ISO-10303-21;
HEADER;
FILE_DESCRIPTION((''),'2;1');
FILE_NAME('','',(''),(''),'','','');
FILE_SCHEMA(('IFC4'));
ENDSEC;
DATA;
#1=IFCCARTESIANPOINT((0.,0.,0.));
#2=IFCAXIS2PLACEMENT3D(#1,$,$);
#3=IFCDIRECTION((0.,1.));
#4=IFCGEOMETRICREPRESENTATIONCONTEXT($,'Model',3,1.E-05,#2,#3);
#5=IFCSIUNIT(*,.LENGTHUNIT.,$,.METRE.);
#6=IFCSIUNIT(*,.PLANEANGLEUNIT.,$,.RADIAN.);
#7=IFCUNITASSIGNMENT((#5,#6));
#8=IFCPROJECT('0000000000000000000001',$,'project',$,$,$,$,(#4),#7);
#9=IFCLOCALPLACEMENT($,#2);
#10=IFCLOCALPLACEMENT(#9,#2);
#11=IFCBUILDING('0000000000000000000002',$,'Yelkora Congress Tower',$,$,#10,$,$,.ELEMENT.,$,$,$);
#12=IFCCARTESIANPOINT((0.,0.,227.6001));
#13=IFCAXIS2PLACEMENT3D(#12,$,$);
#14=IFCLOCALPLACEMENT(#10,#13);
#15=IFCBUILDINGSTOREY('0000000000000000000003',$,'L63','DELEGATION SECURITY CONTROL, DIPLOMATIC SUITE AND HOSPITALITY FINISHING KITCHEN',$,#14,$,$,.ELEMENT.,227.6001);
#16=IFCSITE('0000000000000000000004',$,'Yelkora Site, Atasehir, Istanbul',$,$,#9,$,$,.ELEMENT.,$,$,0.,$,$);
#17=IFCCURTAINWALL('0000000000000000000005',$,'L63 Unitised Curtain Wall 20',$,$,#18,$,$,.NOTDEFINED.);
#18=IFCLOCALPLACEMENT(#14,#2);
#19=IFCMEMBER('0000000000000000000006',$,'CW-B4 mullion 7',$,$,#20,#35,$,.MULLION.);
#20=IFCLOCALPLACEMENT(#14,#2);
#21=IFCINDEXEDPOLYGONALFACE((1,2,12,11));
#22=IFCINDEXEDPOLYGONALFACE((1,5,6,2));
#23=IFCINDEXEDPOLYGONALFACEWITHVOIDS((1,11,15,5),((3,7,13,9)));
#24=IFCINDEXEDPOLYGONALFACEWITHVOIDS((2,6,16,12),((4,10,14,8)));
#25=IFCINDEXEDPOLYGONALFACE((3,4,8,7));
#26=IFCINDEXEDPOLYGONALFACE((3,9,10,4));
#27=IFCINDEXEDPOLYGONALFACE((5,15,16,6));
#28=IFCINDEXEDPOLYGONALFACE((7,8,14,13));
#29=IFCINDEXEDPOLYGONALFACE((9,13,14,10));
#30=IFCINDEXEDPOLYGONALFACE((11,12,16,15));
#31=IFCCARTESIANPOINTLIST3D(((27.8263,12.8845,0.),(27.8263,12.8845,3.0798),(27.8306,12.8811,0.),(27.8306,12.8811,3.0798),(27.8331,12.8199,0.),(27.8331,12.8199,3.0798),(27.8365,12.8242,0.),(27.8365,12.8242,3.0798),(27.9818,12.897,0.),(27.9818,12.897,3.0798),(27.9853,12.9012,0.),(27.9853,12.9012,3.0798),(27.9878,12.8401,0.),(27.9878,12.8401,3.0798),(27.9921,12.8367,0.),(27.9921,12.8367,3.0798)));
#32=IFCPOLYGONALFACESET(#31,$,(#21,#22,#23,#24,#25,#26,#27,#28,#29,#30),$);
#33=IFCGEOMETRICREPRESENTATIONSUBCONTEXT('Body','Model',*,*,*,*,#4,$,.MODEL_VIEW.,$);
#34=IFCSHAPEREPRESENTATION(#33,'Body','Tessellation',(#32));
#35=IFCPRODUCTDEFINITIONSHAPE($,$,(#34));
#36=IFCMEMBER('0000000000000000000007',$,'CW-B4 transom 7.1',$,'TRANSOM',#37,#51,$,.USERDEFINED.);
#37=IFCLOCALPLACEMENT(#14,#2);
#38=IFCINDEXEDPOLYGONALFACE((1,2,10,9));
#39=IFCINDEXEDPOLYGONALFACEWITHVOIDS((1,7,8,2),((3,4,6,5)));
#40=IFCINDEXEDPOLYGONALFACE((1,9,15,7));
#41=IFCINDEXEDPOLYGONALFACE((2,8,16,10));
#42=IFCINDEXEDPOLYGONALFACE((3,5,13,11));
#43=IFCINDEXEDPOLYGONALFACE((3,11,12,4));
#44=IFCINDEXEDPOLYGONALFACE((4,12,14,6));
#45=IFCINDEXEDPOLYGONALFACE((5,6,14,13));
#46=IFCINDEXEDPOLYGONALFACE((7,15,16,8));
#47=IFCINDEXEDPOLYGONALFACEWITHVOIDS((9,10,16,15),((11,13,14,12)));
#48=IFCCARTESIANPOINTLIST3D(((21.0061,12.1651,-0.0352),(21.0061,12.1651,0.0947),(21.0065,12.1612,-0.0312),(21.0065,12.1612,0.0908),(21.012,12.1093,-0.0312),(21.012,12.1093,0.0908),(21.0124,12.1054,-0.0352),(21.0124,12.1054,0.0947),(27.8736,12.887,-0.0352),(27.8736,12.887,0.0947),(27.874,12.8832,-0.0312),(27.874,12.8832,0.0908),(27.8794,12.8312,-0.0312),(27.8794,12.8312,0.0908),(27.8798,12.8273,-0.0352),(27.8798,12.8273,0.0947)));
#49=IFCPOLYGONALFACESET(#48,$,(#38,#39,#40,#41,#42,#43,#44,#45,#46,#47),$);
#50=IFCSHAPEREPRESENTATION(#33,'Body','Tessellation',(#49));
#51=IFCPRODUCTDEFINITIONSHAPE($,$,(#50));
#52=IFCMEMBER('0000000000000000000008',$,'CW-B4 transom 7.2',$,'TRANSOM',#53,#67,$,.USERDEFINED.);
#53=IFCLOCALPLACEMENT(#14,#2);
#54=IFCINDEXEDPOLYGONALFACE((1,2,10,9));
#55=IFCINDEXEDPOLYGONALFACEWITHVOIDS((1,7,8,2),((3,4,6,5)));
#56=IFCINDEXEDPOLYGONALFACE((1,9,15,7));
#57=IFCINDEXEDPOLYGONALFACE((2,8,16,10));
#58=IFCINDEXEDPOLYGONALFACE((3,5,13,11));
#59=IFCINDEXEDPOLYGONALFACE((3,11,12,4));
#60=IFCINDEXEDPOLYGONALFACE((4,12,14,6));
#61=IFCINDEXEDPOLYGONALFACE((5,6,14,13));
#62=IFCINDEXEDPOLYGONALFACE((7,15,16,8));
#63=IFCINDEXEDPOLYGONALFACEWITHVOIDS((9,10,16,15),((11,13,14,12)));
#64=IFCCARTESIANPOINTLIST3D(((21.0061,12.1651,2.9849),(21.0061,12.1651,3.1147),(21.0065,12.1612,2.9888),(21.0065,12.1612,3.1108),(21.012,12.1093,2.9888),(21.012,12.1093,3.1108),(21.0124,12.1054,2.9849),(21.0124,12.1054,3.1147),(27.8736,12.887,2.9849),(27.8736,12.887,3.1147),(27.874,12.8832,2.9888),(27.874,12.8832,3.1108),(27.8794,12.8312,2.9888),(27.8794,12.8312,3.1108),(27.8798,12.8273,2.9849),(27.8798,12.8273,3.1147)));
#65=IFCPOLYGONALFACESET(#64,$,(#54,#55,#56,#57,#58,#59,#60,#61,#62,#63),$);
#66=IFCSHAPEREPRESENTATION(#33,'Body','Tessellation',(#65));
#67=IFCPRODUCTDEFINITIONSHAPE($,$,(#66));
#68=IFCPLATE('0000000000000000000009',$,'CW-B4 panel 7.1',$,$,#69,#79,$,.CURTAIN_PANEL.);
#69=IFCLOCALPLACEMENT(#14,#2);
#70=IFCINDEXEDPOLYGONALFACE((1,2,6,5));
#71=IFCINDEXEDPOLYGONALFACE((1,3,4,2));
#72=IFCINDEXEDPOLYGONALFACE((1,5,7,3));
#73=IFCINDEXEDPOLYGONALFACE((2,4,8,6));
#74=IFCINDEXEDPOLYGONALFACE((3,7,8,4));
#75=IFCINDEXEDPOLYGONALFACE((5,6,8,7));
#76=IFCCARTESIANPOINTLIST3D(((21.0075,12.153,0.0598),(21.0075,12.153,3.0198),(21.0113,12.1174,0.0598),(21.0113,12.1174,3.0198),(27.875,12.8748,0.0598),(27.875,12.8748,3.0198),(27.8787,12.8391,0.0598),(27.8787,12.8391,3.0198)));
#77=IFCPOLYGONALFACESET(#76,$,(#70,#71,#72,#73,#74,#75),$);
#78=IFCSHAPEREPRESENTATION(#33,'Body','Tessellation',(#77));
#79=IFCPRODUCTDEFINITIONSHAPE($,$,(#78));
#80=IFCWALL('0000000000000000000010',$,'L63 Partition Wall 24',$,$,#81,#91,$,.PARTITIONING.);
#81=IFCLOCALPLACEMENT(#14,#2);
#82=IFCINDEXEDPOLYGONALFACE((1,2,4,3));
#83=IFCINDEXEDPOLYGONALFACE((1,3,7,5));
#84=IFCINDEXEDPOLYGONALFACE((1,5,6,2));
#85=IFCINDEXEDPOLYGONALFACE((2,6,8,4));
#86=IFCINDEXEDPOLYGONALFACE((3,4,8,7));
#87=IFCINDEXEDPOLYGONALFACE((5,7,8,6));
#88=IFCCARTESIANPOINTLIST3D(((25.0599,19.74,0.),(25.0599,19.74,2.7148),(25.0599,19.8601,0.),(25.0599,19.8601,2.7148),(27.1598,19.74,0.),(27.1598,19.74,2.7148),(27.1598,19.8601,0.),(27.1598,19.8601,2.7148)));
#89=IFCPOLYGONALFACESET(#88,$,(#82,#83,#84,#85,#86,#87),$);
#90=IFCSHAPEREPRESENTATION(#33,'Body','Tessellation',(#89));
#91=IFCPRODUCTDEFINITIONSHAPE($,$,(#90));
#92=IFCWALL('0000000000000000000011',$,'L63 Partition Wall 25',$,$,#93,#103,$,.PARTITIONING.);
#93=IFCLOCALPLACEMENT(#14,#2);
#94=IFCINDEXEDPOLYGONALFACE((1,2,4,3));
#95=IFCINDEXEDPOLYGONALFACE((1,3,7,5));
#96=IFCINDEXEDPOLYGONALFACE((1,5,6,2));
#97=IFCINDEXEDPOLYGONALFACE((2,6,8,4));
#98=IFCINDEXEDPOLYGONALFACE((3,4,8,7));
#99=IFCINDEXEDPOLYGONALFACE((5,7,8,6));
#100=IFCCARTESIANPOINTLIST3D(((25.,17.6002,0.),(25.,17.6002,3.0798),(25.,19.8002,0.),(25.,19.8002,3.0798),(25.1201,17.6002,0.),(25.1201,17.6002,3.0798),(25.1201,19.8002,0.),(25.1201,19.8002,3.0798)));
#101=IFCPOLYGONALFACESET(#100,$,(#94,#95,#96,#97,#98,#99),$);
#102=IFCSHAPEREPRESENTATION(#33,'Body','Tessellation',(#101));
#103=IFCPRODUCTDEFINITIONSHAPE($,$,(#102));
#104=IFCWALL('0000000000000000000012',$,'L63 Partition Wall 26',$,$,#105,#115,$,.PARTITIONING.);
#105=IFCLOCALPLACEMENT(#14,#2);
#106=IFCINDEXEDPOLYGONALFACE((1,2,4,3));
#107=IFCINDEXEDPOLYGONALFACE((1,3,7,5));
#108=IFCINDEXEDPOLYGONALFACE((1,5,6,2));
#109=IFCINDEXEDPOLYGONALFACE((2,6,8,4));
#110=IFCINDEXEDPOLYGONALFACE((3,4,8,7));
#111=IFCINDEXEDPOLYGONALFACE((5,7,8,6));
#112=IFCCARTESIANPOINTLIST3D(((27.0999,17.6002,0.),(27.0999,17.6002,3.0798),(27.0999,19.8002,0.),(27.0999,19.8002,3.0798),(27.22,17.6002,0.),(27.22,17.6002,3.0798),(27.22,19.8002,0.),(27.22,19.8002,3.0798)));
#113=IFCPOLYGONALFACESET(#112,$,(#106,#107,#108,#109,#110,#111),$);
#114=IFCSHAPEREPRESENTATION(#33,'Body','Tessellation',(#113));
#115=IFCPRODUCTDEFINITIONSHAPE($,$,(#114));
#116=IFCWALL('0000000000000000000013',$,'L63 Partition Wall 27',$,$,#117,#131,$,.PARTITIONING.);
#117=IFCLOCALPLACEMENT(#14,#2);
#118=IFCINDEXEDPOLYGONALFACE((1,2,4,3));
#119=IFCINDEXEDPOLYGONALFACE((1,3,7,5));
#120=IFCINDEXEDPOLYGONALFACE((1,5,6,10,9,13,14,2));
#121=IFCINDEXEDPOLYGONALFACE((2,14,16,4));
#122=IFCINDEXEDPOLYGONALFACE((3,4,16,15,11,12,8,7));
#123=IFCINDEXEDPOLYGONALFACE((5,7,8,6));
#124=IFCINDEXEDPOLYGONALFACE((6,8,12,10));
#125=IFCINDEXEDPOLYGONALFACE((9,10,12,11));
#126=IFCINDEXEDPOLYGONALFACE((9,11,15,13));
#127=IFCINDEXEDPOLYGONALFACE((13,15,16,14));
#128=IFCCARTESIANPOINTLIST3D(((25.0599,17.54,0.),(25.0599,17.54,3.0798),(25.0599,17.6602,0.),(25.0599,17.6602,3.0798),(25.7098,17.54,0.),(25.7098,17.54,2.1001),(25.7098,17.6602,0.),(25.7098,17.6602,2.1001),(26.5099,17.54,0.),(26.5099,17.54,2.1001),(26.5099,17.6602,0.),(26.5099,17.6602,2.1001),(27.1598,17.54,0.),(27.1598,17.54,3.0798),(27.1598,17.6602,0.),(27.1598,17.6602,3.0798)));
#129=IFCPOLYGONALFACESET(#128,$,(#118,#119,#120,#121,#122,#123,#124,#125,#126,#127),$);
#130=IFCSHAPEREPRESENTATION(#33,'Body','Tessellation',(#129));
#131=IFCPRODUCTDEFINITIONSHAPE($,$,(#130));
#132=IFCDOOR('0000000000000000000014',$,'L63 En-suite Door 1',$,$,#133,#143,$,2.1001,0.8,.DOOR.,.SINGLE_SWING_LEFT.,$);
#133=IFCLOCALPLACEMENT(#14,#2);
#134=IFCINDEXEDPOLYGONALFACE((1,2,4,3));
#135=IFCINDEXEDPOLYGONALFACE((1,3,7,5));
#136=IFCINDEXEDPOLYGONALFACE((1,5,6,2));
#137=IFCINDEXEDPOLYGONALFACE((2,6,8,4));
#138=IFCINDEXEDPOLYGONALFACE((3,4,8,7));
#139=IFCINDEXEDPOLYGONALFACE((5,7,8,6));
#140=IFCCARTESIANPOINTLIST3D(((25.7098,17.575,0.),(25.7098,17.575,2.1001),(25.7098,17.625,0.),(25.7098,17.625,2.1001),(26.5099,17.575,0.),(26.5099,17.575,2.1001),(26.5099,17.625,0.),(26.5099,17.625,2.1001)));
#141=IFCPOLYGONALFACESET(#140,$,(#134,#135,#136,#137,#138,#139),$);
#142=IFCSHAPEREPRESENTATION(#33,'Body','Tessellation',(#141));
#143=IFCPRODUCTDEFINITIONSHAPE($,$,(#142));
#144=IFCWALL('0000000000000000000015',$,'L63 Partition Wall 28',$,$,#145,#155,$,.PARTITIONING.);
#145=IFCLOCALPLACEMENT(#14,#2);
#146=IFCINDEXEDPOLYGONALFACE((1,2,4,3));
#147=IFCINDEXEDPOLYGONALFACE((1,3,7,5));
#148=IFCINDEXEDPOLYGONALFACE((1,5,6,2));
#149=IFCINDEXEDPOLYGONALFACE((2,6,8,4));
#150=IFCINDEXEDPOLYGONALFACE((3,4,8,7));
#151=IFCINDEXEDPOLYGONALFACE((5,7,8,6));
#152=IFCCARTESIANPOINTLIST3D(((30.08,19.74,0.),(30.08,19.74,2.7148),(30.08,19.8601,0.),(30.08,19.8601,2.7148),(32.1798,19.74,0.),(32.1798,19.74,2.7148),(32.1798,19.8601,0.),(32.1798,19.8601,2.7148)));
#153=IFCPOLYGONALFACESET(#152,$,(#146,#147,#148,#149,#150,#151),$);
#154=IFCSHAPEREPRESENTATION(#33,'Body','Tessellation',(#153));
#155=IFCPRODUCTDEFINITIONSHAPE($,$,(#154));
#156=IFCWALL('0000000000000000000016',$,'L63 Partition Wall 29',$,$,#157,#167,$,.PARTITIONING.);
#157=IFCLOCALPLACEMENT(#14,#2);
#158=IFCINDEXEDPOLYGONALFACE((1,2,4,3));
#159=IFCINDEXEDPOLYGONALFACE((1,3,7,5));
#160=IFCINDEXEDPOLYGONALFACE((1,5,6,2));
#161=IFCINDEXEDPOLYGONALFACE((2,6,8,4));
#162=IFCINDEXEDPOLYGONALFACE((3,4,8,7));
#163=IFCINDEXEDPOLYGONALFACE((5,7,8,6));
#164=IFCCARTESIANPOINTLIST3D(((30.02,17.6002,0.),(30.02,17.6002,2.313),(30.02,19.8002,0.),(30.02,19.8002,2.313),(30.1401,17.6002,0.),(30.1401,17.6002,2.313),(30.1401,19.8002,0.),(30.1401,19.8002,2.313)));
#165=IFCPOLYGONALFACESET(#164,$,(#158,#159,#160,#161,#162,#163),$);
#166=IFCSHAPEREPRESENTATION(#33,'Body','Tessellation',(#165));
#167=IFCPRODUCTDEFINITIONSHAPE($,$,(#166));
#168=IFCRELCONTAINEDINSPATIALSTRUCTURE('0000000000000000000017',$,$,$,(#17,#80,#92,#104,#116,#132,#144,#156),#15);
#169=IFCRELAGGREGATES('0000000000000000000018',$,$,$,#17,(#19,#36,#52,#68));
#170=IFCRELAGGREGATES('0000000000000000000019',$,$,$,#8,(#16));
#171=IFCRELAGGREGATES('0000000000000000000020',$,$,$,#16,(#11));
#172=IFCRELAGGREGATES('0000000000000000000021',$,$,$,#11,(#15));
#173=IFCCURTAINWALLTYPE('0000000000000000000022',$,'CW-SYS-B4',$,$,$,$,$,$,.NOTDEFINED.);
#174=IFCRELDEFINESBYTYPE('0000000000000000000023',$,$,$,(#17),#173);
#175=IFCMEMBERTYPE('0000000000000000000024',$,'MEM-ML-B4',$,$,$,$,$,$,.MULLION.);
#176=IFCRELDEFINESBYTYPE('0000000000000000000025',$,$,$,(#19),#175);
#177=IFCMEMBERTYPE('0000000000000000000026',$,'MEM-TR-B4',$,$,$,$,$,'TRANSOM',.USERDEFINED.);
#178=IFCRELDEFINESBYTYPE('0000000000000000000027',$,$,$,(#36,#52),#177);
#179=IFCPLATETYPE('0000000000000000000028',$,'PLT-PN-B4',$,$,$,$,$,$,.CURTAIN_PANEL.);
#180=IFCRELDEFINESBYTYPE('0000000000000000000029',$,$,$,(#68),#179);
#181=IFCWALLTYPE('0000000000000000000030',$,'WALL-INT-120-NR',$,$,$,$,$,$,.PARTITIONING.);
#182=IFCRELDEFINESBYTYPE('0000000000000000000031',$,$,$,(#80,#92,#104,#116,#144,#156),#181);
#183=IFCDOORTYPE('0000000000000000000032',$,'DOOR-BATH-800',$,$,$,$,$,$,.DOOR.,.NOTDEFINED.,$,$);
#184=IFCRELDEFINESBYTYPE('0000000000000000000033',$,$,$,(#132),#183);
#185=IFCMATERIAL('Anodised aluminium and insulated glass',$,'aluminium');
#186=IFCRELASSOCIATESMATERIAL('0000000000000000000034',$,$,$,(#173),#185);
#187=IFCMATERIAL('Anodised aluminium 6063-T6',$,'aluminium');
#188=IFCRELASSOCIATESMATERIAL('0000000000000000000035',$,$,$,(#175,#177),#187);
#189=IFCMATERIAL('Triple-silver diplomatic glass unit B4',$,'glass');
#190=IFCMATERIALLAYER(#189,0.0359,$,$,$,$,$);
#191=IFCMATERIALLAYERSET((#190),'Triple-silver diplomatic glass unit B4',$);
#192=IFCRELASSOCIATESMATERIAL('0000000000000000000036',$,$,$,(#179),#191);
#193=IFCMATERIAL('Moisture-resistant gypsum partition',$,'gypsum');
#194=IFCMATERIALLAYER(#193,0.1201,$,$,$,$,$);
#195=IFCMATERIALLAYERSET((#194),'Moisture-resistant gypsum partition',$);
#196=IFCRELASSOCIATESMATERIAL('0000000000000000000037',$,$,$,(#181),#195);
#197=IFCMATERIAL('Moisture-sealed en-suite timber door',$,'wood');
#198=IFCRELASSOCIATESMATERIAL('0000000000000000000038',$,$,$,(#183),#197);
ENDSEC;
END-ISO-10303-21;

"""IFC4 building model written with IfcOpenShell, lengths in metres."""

from ifc_helpers import new_model, si_unit, direction, frame, frame_2d, origin, origin_2d, place, context, subcontext, project, spatial, rectangle, hollow_rectangle, extrude, material, layer, layer_set, material_profile, profile_set, type_object, element, fill, aggregate, save


model = new_model("IFC4")

# Units and contexts
model_context = context("Model", 3, precision=1e-05, world=origin(), true_north=direction((0.0, 1.0)))
body_context = subcontext(model_context, "Body", "Model", "MODEL_VIEW")
ifc_project = project(units=[si_unit("LENGTHUNIT", "METRE"), si_unit("PLANEANGLEUNIT", "RADIAN")], contexts=[model_context])

# Site, building, storey
site_placement = place(None, origin())
site = spatial("IfcSite", under=ifc_project, at=site_placement, Name="Yelkora Site, Atasehir, Istanbul", CompositionType="ELEMENT", RefElevation=0.0)
building_placement = place(site_placement, origin())
building = spatial("IfcBuilding", under=site, at=building_placement, Name="Yelkora Congress Tower", CompositionType="ELEMENT")
storey_placement = place(building_placement, frame((0.0, 0.0, 227.6001)))
storey = spatial("IfcBuildingStorey", under=building, at=storey_placement, Name="L63", Description="DELEGATION SECURITY CONTROL, DIPLOMATIC SUITE AND HOSPITALITY FINISHING KITCHEN", CompositionType="ELEMENT", Elevation=227.6001)

# Curtain wall, members, plate
ifc_material_1 = material(Name="Anodised aluminium and insulated glass", Category="aluminium")
curtain_wall_type = type_object("IfcCurtainWallType", Name="CW-SYS-B4", PredefinedType="NOTDEFINED", material=ifc_material_1)
curtain_wall_placement = place(storey_placement, origin())
curtain_wall = element("IfcCurtainWall", 1, at=curtain_wall_placement, inside=storey, type_object=curtain_wall_type, Name="L63 Unitised Curtain Wall 20", PredefinedType="NOTDEFINED")
ifc_material_2 = material(Name="Anodised aluminium 6063-T6", Category="aluminium")
ifc_material_profile_1 = material_profile(ifc_material_2, hollow_rectangle(XDim=0.0649, YDim=0.1599, WallThickness=0.0039, at=origin_2d()), Name="ALU 65x160x4")
ifc_profile_set_1 = profile_set([ifc_material_profile_1], Name="Anodised aluminium 6063-T6")
member_type_1 = type_object("IfcMemberType", Name="MEM-ML-B4", PredefinedType="MULLION", material=ifc_profile_set_1)
member_1_placement = place(storey_placement, frame((27.9092, 12.8606, 0.0), z_axis=(0.0, 0.0, 1.0), x_axis=(0.104527, -0.994522, 0.0)))
member_1 = element("IfcMember", 2, at=member_1_placement, type_object=member_type_1, Name="CW-B4 mullion 7", PredefinedType="MULLION", context=body_context, shape_type="SweptSolid", body=[
    extrude(hollow_rectangle(XDim=0.0649, YDim=0.1599, WallThickness=0.0039, at=origin_2d()), origin(), (0.0, 0.0, 1.0), 3.0798),
])
ifc_material_profile_2 = material_profile(ifc_material_2, hollow_rectangle(XDim=0.0601, YDim=0.1299, WallThickness=0.0039, at=origin_2d()), Name="ALU 60x130x4")
ifc_profile_set_2 = profile_set([ifc_material_profile_2], Name="Anodised aluminium 6063-T6")
member_type_2 = type_object("IfcMemberType", Name="MEM-TR-B4", ElementType="TRANSOM", PredefinedType="USERDEFINED", material=ifc_profile_set_2)
member_2_placement = place(storey_placement, frame((27.8767, 12.8572, 0.0298), z_axis=(-0.99452, -0.104547, 0.0), x_axis=(0.104547, -0.99452, 0.0)))
member_2 = element("IfcMember", 3, at=member_2_placement, type_object=member_type_2, Name="CW-B4 transom 7.1", ObjectType="TRANSOM", PredefinedType="USERDEFINED", context=body_context, shape_type="SweptSolid", body=[
    extrude(hollow_rectangle(XDim=0.0601, YDim=0.1299, WallThickness=0.0039, at=origin_2d()), origin(), (0.0, 0.0, 1.0), 6.9053),
])
member_3_placement = place(storey_placement, frame((27.8767, 12.8572, 3.0498), z_axis=(-0.99452, -0.104547, 0.0), x_axis=(0.104547, -0.99452, 0.0)))
member_3 = element("IfcMember", 4, at=member_3_placement, type_object=member_type_2, Name="CW-B4 transom 7.2", ObjectType="TRANSOM", PredefinedType="USERDEFINED", context=body_context, shape_type="SweptSolid", body=[
    extrude(hollow_rectangle(XDim=0.0601, YDim=0.1299, WallThickness=0.0039, at=origin_2d()), origin(), (0.0, 0.0, 1.0), 6.9053),
])
ifc_material_3 = material(Name="Triple-silver diplomatic glass unit B4", Category="glass")
ifc_layer_1 = layer(ifc_material_3, 0.0359)
ifc_layer_set_1 = layer_set([ifc_layer_1], Name="Triple-silver diplomatic glass unit B4")
plate_type = type_object("IfcPlateType", Name="PLT-PN-B4", PredefinedType="CURTAIN_PANEL", material=ifc_layer_set_1)
plate_placement = place(storey_placement, frame((24.4431, 12.4961, 0.0598), z_axis=(0.0, 0.0, 1.0), x_axis=(-0.994522, -0.104527, 0.0)))
plate = element("IfcPlate", 5, at=plate_placement, type_object=plate_type, Name="CW-B4 panel 7.1", PredefinedType="CURTAIN_PANEL", context=body_context, shape_type="SweptSolid", body=[
    extrude(rectangle(XDim=6.9053, YDim=0.0359, at=origin_2d()), origin(), (0.0, 0.0, 1.0), 2.96),
])
aggregate(curtain_wall, [member_1, member_2, member_3, plate])

# Walls
ifc_material_4 = material(Name="Moisture-resistant gypsum partition", Category="gypsum")
ifc_layer_2 = layer(ifc_material_4, 0.1201)
ifc_layer_set_2 = layer_set([ifc_layer_2], Name="Moisture-resistant gypsum partition")
wall_type_1 = type_object("IfcWallType", Name="WALL-INT-120-NR", PredefinedType="PARTITIONING", material=ifc_layer_set_2)
wall_1_placement = place(storey_placement, frame((25.0601, 19.8, 0.0), z_axis=(0.0, 0.0, 1.0), x_axis=(1.0, 0.0, 0.0)))
element("IfcWall", 6, at=wall_1_placement, inside=storey, type_object=wall_type_1, Name="L63 Partition Wall 24", PredefinedType="PARTITIONING", context=body_context, shape_type="SweptSolid", body=[
    extrude(rectangle(XDim=2.0999, YDim=0.1201, at=frame_2d((1.0498, 0.0))), origin(), (0.0, 0.0, 1.0), 2.7148),
])
for number, where, z_axis, x_axis, name in (
    (7, (25.0601, 17.6001, 0.0), (0.0, 0.0, 1.0), (0.0, 1.0, 0.0), "L63 Partition Wall 25"),
    (8, (27.1599, 17.6001, 0.0), (0.0, 0.0, 1.0), (0.0, 1.0, 0.0), "L63 Partition Wall 26"),
):
    element("IfcWall", number, at=place(storey_placement, frame(where, z_axis=z_axis, x_axis=x_axis)), inside=storey, type_object=wall_type_1, Name=name, PredefinedType="PARTITIONING", context=body_context, shape_type="SweptSolid", body=[
        extrude(rectangle(XDim=2.2, YDim=0.1201, at=frame_2d((1.1001, 0.0))), origin(), (0.0, 0.0, 1.0), 3.0798),
    ])

# Wall, opening, door
wall_2_placement = place(storey_placement, frame((25.0601, 17.6001, 0.0), z_axis=(0.0, 0.0, 1.0), x_axis=(1.0, 0.0, 0.0)))
wall_2 = element("IfcWall", 9, at=wall_2_placement, inside=storey, type_object=wall_type_1, Name="L63 Partition Wall 27", PredefinedType="PARTITIONING", context=body_context, shape_type="SweptSolid", body=[
    extrude(rectangle(XDim=2.0999, YDim=0.1201, at=frame_2d((1.0498, 0.0))), origin(), (0.0, 0.0, 1.0), 3.0798),
])
opening_1_placement = place(wall_2_placement, frame((0.6499, 0.0, 0.0)))
opening_1 = element("IfcOpeningElement", 10, at=opening_1_placement, cuts=wall_2, PredefinedType="OPENING", context=body_context, shape_type="SweptSolid", body=[
    extrude(rectangle(XDim=0.8, YDim=2.1001, at=frame_2d((0.3999, 1.05))), frame((0.0, 0.0701, 0.0), z_axis=(0.0, -1.0, 0.0), x_axis=(1.0, 0.0, 0.0)), (0.0, 0.0, 1.0), 0.1401),
])
ifc_material_5 = material(Name="Moisture-sealed en-suite timber door", Category="wood")
door_type_1 = type_object("IfcDoorType", Name="DOOR-BATH-800", OperationType="NOTDEFINED", PredefinedType="DOOR", material=ifc_material_5)
door_1_placement = place(opening_1_placement, origin())
door_1 = element("IfcDoor", 11, at=door_1_placement, inside=storey, type_object=door_type_1, Name="L63 En-suite Door 1", OperationType="SINGLE_SWING_LEFT", OverallHeight=2.1001, OverallWidth=0.8, PredefinedType="DOOR", context=body_context, shape_type="SweptSolid", body=[
    extrude(rectangle(XDim=0.8, YDim=2.1001, at=frame_2d((0.3999, 1.05))), frame((0.0, 0.0249, 0.0), z_axis=(0.0, -1.0, 0.0), x_axis=(1.0, 0.0, 0.0)), (0.0, 0.0, 1.0), 0.05),
])
fill(opening_1, door_1)

# Walls
wall_3_placement = place(storey_placement, frame((30.0801, 19.8, 0.0), z_axis=(0.0, 0.0, 1.0), x_axis=(1.0, 0.0, 0.0)))
element("IfcWall", 12, at=wall_3_placement, inside=storey, type_object=wall_type_1, Name="L63 Partition Wall 28", PredefinedType="PARTITIONING", context=body_context, shape_type="SweptSolid", body=[
    extrude(rectangle(XDim=2.0999, YDim=0.1201, at=frame_2d((1.0498, 0.0))), origin(), (0.0, 0.0, 1.0), 2.7148),
])
wall_4_placement = place(storey_placement, frame((30.0801, 17.6001, 0.0), z_axis=(0.0, 0.0, 1.0), x_axis=(0.0, 1.0, 0.0)))
element("IfcWall", 13, at=wall_4_placement, inside=storey, type_object=wall_type_1, Name="L63 Partition Wall 29", PredefinedType="PARTITIONING", context=body_context, shape_type="SweptSolid", body=[
    extrude(rectangle(XDim=2.2, YDim=0.1201, at=frame_2d((1.1001, 0.0))), origin(), (0.0, 0.0, 1.0), 2.313),
])

save(model, "model.ifc")
